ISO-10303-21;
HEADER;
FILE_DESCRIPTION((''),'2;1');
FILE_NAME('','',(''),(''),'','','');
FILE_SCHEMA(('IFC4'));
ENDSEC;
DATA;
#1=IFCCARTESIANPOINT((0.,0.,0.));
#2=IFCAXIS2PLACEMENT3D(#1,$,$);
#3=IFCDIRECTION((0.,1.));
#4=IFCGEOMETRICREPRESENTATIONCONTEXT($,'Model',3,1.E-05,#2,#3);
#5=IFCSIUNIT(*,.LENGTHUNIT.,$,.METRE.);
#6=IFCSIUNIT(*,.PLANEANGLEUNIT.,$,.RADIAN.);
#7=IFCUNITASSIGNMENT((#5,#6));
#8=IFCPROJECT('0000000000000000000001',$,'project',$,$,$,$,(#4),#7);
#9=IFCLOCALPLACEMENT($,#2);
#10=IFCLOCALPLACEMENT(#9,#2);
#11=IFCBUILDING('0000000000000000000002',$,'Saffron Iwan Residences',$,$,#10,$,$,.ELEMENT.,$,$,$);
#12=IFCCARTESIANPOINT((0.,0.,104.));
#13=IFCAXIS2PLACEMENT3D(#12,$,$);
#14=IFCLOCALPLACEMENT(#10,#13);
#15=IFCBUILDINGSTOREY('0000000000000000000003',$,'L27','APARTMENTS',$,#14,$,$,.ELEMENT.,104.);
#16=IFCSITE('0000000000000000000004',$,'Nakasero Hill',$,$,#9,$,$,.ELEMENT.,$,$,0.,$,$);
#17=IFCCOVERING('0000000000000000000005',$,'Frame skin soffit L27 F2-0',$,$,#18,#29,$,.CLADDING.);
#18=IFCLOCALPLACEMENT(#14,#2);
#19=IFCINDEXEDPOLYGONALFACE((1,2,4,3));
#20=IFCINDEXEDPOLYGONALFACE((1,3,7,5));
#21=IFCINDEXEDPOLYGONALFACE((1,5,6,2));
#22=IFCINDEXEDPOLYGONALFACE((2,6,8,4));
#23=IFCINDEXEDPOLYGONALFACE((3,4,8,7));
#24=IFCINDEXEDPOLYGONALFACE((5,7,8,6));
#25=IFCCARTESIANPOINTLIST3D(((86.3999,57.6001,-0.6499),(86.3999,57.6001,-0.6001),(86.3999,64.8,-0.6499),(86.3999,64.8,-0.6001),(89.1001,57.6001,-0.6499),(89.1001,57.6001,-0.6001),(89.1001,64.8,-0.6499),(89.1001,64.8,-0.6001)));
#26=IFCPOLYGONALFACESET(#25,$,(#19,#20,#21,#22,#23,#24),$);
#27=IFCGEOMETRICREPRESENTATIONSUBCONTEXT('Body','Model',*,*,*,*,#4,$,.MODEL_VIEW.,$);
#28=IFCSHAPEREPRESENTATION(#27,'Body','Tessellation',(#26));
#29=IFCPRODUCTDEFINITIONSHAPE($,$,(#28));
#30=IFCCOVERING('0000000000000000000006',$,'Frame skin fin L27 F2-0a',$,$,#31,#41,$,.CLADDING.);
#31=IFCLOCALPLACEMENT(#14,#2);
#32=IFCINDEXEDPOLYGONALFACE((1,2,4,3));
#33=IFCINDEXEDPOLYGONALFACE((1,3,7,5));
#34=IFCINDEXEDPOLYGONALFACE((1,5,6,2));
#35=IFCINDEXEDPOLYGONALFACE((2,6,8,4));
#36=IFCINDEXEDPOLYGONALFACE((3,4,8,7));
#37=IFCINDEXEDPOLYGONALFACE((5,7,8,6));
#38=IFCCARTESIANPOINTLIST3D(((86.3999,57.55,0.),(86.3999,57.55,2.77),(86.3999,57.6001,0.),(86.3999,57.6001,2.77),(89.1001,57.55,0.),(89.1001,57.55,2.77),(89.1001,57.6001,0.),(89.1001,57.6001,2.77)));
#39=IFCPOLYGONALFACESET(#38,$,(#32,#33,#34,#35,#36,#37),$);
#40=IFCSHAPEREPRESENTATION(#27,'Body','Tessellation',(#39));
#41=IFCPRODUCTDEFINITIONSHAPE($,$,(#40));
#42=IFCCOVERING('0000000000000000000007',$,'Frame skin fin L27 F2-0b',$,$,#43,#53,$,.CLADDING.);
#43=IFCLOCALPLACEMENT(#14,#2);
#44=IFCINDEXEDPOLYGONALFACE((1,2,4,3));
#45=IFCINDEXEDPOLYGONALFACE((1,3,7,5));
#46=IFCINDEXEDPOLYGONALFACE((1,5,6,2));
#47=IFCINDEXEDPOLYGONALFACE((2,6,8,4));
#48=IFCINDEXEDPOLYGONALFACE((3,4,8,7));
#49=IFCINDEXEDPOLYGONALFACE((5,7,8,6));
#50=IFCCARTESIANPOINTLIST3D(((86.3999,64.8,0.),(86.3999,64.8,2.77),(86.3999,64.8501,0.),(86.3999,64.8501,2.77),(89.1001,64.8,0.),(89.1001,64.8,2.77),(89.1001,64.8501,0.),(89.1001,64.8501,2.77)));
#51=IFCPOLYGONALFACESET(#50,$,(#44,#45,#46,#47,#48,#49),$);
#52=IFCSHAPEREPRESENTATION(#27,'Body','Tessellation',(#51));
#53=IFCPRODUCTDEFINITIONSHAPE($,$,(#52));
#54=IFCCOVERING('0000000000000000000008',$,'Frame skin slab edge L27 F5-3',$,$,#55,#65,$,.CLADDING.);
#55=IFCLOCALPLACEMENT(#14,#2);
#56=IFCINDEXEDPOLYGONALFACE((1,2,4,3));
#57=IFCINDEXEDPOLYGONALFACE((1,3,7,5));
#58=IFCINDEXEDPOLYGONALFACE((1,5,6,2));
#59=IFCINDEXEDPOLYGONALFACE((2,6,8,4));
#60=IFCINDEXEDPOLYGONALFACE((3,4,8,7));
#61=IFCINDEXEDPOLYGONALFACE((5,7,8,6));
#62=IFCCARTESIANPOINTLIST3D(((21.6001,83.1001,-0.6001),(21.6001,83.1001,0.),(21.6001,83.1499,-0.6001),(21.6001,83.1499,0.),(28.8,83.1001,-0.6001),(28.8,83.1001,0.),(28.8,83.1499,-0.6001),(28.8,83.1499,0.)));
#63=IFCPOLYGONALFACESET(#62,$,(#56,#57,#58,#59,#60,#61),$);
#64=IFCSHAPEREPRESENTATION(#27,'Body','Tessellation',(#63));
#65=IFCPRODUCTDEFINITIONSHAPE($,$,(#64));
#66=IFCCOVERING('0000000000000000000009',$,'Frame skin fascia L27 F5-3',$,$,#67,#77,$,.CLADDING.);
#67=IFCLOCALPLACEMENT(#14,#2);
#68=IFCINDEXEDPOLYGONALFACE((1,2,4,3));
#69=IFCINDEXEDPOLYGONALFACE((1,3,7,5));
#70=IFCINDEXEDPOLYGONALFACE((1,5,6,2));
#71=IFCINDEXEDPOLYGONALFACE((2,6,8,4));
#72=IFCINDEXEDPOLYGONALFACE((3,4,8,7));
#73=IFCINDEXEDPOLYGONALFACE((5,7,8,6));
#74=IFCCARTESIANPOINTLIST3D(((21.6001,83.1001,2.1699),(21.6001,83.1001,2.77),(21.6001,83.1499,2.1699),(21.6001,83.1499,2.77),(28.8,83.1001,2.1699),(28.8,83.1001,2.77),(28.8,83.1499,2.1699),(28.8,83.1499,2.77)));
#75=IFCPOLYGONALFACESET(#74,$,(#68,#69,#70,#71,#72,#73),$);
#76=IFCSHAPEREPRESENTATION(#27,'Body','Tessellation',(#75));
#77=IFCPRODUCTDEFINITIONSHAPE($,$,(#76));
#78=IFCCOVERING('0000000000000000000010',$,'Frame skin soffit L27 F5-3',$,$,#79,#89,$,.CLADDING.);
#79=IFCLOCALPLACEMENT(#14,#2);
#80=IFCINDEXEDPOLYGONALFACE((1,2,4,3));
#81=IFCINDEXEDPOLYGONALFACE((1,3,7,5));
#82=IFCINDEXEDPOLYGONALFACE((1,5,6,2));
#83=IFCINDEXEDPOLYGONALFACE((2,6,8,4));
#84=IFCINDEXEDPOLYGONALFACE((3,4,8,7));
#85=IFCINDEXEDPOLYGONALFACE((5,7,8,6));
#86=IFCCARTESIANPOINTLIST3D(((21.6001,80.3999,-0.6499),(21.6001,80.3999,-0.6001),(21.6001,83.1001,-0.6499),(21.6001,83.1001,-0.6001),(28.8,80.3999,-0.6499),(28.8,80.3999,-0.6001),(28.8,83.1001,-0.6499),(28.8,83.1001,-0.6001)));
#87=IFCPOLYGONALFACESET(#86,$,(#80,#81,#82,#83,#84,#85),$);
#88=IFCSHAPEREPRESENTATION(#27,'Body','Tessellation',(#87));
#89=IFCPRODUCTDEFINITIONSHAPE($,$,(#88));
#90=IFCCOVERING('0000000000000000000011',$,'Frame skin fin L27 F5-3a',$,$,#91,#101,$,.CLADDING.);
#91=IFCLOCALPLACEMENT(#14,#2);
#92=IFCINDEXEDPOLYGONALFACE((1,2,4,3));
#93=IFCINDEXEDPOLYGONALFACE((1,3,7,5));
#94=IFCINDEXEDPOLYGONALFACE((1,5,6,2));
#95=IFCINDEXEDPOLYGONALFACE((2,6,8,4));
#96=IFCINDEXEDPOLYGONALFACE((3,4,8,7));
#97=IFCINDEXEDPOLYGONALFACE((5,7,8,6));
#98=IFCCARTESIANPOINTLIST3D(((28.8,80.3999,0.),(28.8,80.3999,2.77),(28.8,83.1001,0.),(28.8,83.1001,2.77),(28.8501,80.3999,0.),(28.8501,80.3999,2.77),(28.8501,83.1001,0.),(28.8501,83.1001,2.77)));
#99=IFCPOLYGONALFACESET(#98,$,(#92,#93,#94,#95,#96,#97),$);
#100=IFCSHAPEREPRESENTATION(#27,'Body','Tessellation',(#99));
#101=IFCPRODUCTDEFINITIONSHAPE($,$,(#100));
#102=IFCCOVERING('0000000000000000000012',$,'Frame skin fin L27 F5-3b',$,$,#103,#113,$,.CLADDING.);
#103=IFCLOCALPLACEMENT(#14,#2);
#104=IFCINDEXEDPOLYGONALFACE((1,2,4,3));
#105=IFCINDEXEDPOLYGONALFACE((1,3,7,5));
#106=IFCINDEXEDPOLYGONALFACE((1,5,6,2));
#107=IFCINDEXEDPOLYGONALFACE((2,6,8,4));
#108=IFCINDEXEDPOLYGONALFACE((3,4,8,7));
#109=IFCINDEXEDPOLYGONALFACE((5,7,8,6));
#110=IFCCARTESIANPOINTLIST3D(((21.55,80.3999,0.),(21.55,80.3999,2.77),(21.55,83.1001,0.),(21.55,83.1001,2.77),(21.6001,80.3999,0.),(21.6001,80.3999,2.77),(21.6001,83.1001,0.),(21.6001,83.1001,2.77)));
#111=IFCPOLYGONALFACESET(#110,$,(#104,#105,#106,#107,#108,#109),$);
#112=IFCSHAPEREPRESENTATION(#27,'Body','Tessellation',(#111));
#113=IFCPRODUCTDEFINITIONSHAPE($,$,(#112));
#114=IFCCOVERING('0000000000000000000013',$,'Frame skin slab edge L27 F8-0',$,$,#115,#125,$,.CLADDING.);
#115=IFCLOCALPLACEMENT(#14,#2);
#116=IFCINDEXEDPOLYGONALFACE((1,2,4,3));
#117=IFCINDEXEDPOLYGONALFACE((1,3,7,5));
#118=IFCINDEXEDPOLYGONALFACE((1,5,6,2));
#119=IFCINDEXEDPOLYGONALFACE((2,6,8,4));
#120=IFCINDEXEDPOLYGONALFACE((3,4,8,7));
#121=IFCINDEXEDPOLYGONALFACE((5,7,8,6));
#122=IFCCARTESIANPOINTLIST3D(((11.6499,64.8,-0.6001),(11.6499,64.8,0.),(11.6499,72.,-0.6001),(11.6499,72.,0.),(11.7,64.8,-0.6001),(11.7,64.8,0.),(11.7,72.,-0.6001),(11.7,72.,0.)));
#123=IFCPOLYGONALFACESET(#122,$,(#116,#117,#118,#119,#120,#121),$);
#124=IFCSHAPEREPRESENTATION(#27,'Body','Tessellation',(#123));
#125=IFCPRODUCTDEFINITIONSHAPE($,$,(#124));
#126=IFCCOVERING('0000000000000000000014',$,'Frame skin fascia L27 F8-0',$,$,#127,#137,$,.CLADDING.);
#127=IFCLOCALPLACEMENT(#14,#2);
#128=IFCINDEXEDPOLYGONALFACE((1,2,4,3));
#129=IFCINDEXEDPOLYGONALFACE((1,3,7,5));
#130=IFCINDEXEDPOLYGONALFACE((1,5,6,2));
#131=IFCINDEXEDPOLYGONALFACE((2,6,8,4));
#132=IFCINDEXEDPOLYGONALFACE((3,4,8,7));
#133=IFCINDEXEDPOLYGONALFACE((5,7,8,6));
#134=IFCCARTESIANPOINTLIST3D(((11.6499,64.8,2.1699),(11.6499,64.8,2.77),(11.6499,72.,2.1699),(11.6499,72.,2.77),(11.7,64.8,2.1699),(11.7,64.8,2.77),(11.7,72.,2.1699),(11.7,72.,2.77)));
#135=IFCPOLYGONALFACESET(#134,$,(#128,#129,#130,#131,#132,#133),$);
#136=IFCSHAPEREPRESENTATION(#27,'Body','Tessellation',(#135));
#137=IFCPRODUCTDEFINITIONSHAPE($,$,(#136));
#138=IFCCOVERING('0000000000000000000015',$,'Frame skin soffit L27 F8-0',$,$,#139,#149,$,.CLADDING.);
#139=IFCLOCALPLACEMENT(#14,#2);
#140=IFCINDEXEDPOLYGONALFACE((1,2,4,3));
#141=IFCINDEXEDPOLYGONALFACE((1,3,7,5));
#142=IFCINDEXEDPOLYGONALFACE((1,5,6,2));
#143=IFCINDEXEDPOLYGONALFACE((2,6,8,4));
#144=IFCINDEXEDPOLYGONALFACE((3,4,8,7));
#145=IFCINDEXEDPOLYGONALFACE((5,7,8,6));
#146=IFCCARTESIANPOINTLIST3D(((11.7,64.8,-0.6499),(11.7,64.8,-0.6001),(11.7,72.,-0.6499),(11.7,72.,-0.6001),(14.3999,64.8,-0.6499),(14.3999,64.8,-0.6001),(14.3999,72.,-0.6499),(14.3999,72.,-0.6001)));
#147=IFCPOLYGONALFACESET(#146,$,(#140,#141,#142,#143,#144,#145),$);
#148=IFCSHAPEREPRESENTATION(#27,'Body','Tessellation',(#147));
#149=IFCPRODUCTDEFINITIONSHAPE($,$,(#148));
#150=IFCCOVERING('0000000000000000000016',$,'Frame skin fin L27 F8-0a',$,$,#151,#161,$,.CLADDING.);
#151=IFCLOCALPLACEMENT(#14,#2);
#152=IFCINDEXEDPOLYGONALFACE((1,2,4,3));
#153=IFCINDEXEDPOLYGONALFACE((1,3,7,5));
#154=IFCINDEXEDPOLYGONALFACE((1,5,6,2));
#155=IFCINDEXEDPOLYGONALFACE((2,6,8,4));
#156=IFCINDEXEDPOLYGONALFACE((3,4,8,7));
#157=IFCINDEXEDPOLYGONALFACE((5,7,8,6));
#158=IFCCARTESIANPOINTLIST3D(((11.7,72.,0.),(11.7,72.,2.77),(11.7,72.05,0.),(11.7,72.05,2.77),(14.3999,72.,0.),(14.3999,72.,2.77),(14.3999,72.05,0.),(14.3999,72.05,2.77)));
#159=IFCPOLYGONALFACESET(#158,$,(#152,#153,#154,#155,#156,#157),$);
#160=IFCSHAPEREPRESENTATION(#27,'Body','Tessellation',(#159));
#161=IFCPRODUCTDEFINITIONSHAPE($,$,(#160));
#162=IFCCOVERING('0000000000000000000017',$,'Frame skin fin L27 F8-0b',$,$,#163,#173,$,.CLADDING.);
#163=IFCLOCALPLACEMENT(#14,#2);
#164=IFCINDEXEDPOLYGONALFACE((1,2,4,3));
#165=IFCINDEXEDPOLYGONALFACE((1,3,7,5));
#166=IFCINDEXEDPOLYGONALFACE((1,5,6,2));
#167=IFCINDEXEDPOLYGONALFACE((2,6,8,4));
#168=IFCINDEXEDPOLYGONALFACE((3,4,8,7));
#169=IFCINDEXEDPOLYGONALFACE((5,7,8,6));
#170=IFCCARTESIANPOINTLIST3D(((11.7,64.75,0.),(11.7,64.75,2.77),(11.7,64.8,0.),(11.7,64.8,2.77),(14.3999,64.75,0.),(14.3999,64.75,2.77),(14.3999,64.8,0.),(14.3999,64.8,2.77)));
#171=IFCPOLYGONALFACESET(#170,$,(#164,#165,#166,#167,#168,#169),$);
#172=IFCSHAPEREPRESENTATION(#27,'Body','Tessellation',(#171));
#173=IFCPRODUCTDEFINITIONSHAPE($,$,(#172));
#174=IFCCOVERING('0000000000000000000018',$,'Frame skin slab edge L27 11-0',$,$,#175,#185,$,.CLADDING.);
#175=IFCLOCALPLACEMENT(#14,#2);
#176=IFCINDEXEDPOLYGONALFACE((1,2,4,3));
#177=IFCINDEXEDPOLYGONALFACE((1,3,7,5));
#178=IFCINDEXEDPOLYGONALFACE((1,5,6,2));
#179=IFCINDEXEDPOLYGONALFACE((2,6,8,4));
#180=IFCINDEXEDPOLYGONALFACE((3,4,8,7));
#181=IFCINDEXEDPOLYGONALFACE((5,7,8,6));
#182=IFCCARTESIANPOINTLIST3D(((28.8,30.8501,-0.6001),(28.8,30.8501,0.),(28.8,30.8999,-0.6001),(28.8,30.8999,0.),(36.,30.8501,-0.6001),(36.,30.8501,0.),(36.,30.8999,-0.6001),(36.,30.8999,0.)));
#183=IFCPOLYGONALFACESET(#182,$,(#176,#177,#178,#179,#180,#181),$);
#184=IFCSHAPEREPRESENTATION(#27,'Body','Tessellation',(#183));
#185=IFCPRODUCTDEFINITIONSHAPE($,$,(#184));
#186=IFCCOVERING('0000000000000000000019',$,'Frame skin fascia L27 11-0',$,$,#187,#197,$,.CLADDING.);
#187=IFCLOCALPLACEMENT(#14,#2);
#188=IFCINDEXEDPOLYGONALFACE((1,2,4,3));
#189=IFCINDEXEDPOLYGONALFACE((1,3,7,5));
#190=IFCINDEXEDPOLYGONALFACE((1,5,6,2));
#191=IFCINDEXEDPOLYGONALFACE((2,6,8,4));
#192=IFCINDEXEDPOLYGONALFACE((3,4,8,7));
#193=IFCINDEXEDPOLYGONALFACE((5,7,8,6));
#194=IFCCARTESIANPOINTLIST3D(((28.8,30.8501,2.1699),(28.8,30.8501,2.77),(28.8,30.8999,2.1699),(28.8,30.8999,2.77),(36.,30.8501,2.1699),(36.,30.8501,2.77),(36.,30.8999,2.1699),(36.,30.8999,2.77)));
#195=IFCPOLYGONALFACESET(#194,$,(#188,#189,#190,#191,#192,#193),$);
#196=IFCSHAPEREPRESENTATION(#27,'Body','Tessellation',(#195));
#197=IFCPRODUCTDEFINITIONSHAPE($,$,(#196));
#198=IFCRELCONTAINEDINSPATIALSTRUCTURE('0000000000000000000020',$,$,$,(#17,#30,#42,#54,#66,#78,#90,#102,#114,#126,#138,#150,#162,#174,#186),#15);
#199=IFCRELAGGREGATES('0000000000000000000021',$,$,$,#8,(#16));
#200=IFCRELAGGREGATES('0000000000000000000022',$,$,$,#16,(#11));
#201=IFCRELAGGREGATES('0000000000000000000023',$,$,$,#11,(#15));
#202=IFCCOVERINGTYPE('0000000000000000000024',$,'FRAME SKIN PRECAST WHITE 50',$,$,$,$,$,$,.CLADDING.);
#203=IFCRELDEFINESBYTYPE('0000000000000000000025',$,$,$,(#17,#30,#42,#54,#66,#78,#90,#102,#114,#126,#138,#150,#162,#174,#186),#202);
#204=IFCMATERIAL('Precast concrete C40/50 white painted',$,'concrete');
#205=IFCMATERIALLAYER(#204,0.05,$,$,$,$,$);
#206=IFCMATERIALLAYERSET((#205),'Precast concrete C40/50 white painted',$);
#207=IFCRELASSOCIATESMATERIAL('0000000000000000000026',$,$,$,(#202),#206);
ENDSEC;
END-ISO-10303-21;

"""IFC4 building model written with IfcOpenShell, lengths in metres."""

from ifc_helpers import new_model, si_unit, direction, frame, origin, place, context, subcontext, project, spatial, polyline, outline, extrude, material, layer, layer_set, type_object, element, save


model = new_model("IFC4")

# Units and contexts
model_context = context("Model", 3, precision=1e-05, world=origin(), true_north=direction((0.0, 1.0)))
body_context = subcontext(model_context, "Body", "Model", "MODEL_VIEW")
ifc_project = project(units=[si_unit("LENGTHUNIT", "METRE"), si_unit("PLANEANGLEUNIT", "RADIAN")], contexts=[model_context])

# Site, building, storey
site_placement = place(None, origin())
site = spatial("IfcSite", under=ifc_project, at=site_placement, Name="Nakasero Hill", CompositionType="ELEMENT", RefElevation=0.0)
building_placement = place(site_placement, origin())
building = spatial("IfcBuilding", under=site, at=building_placement, Name="Saffron Iwan Residences", CompositionType="ELEMENT")
storey_placement = place(building_placement, frame((0.0, 0.0, 104.0)))
storey = spatial("IfcBuildingStorey", under=building, at=storey_placement, Name="L27", Description="APARTMENTS", CompositionType="ELEMENT", Elevation=104.0)

# Coverings
ifc_material_1 = material(Name="Precast concrete C40/50 white painted", Category="concrete")
ifc_layer_1 = layer(ifc_material_1, 0.05)
ifc_layer_set_1 = layer_set([ifc_layer_1], Name="Precast concrete C40/50 white painted")
covering_type_1 = type_object("IfcCoveringType", Name="FRAME SKIN PRECAST WHITE 50", PredefinedType="CLADDING", material=ifc_layer_set_1)
covering_1_placement = place(storey_placement, frame((0.0, 0.0, -0.6499)))
element("IfcCovering", 1, at=covering_1_placement, inside=storey, type_object=covering_type_1, Name="Frame skin soffit L27 F2-0", PredefinedType="CLADDING", context=body_context, shape_type="SweptSolid", body=[
    extrude(outline(polyline([(89.1001, 57.6001), (89.1001, 64.8), (86.3999, 64.8), (86.3999, 57.6001), (89.1001, 57.6001)])), origin(), (0.0, 0.0, 1.0), 0.0498),
])
covering_2_placement = place(storey_placement, origin())
element("IfcCovering", 2, at=covering_2_placement, inside=storey, type_object=covering_type_1, Name="Frame skin fin L27 F2-0a", PredefinedType="CLADDING", context=body_context, shape_type="SweptSolid", body=[
    extrude(outline(polyline([(89.1001, 57.55), (89.1001, 57.6001), (86.3999, 57.6001), (86.3999, 57.55), (89.1001, 57.55)])), origin(), (0.0, 0.0, 1.0), 2.77),
])
covering_3_placement = place(storey_placement, origin())
element("IfcCovering", 3, at=covering_3_placement, inside=storey, type_object=covering_type_1, Name="Frame skin fin L27 F2-0b", PredefinedType="CLADDING", context=body_context, shape_type="SweptSolid", body=[
    extrude(outline(polyline([(89.1001, 64.8), (89.1001, 64.8501), (86.3999, 64.8501), (86.3999, 64.8), (89.1001, 64.8)])), origin(), (0.0, 0.0, 1.0), 2.77),
])
for number, where, name in (
    (4, (0.0, 0.0, -0.6001), "Frame skin slab edge L27 F5-3"),
    (5, (0.0, 0.0, 2.1699), "Frame skin fascia L27 F5-3"),
):
    element("IfcCovering", number, at=place(storey_placement, frame(where)), inside=storey, type_object=covering_type_1, Name=name, PredefinedType="CLADDING", context=body_context, shape_type="SweptSolid", body=[
        extrude(outline(polyline([(28.8, 83.1499), (21.6001, 83.1499), (21.6001, 83.1001), (28.8, 83.1001), (28.8, 83.1499)])), origin(), (0.0, 0.0, 1.0), 0.6001),
    ])
covering_4_placement = place(storey_placement, frame((0.0, 0.0, -0.6499)))
element("IfcCovering", 6, at=covering_4_placement, inside=storey, type_object=covering_type_1, Name="Frame skin soffit L27 F5-3", PredefinedType="CLADDING", context=body_context, shape_type="SweptSolid", body=[
    extrude(outline(polyline([(28.8, 83.1001), (21.6001, 83.1001), (21.6001, 80.3999), (28.8, 80.3999), (28.8, 83.1001)])), origin(), (0.0, 0.0, 1.0), 0.0498),
])
covering_5_placement = place(storey_placement, origin())
element("IfcCovering", 7, at=covering_5_placement, inside=storey, type_object=covering_type_1, Name="Frame skin fin L27 F5-3a", PredefinedType="CLADDING", context=body_context, shape_type="SweptSolid", body=[
    extrude(outline(polyline([(28.8501, 83.1001), (28.8, 83.1001), (28.8, 80.3999), (28.8501, 80.3999), (28.8501, 83.1001)])), origin(), (0.0, 0.0, 1.0), 2.77),
])
covering_6_placement = place(storey_placement, origin())
element("IfcCovering", 8, at=covering_6_placement, inside=storey, type_object=covering_type_1, Name="Frame skin fin L27 F5-3b", PredefinedType="CLADDING", context=body_context, shape_type="SweptSolid", body=[
    extrude(outline(polyline([(21.6001, 83.1001), (21.55, 83.1001), (21.55, 80.3999), (21.6001, 80.3999), (21.6001, 83.1001)])), origin(), (0.0, 0.0, 1.0), 2.77),
])
for number, where, name in (
    (9, (0.0, 0.0, -0.6001), "Frame skin slab edge L27 F8-0"),
    (10, (0.0, 0.0, 2.1699), "Frame skin fascia L27 F8-0"),
):
    element("IfcCovering", number, at=place(storey_placement, frame(where)), inside=storey, type_object=covering_type_1, Name=name, PredefinedType="CLADDING", context=body_context, shape_type="SweptSolid", body=[
        extrude(outline(polyline([(11.6499, 72.0), (11.6499, 64.8), (11.7, 64.8), (11.7, 72.0), (11.6499, 72.0)])), origin(), (0.0, 0.0, 1.0), 0.6001),
    ])
covering_7_placement = place(storey_placement, frame((0.0, 0.0, -0.6499)))
element("IfcCovering", 11, at=covering_7_placement, inside=storey, type_object=covering_type_1, Name="Frame skin soffit L27 F8-0", PredefinedType="CLADDING", context=body_context, shape_type="SweptSolid", body=[
    extrude(outline(polyline([(11.7, 72.0), (11.7, 64.8), (14.3999, 64.8), (14.3999, 72.0), (11.7, 72.0)])), origin(), (0.0, 0.0, 1.0), 0.0498),
])
covering_8_placement = place(storey_placement, origin())
element("IfcCovering", 12, at=covering_8_placement, inside=storey, type_object=covering_type_1, Name="Frame skin fin L27 F8-0a", PredefinedType="CLADDING", context=body_context, shape_type="SweptSolid", body=[
    extrude(outline(polyline([(11.7, 72.05), (11.7, 72.0), (14.3999, 72.0), (14.3999, 72.05), (11.7, 72.05)])), origin(), (0.0, 0.0, 1.0), 2.77),
])
covering_9_placement = place(storey_placement, origin())
element("IfcCovering", 13, at=covering_9_placement, inside=storey, type_object=covering_type_1, Name="Frame skin fin L27 F8-0b", PredefinedType="CLADDING", context=body_context, shape_type="SweptSolid", body=[
    extrude(outline(polyline([(11.7, 64.8), (11.7, 64.75), (14.3999, 64.75), (14.3999, 64.8), (11.7, 64.8)])), origin(), (0.0, 0.0, 1.0), 2.77),
])
for number, where, name in (
    (14, (0.0, 0.0, -0.6001), "Frame skin slab edge L27 11-0"),
    (15, (0.0, 0.0, 2.1699), "Frame skin fascia L27 11-0"),
):
    element("IfcCovering", number, at=place(storey_placement, frame(where)), inside=storey, type_object=covering_type_1, Name=name, PredefinedType="CLADDING", context=body_context, shape_type="SweptSolid", body=[
        extrude(outline(polyline([(28.8, 30.8501), (36.0, 30.8501), (36.0, 30.8999), (28.8, 30.8999), (28.8, 30.8501)])), origin(), (0.0, 0.0, 1.0), 0.6001),
    ])

save(model, "model.ifc")
